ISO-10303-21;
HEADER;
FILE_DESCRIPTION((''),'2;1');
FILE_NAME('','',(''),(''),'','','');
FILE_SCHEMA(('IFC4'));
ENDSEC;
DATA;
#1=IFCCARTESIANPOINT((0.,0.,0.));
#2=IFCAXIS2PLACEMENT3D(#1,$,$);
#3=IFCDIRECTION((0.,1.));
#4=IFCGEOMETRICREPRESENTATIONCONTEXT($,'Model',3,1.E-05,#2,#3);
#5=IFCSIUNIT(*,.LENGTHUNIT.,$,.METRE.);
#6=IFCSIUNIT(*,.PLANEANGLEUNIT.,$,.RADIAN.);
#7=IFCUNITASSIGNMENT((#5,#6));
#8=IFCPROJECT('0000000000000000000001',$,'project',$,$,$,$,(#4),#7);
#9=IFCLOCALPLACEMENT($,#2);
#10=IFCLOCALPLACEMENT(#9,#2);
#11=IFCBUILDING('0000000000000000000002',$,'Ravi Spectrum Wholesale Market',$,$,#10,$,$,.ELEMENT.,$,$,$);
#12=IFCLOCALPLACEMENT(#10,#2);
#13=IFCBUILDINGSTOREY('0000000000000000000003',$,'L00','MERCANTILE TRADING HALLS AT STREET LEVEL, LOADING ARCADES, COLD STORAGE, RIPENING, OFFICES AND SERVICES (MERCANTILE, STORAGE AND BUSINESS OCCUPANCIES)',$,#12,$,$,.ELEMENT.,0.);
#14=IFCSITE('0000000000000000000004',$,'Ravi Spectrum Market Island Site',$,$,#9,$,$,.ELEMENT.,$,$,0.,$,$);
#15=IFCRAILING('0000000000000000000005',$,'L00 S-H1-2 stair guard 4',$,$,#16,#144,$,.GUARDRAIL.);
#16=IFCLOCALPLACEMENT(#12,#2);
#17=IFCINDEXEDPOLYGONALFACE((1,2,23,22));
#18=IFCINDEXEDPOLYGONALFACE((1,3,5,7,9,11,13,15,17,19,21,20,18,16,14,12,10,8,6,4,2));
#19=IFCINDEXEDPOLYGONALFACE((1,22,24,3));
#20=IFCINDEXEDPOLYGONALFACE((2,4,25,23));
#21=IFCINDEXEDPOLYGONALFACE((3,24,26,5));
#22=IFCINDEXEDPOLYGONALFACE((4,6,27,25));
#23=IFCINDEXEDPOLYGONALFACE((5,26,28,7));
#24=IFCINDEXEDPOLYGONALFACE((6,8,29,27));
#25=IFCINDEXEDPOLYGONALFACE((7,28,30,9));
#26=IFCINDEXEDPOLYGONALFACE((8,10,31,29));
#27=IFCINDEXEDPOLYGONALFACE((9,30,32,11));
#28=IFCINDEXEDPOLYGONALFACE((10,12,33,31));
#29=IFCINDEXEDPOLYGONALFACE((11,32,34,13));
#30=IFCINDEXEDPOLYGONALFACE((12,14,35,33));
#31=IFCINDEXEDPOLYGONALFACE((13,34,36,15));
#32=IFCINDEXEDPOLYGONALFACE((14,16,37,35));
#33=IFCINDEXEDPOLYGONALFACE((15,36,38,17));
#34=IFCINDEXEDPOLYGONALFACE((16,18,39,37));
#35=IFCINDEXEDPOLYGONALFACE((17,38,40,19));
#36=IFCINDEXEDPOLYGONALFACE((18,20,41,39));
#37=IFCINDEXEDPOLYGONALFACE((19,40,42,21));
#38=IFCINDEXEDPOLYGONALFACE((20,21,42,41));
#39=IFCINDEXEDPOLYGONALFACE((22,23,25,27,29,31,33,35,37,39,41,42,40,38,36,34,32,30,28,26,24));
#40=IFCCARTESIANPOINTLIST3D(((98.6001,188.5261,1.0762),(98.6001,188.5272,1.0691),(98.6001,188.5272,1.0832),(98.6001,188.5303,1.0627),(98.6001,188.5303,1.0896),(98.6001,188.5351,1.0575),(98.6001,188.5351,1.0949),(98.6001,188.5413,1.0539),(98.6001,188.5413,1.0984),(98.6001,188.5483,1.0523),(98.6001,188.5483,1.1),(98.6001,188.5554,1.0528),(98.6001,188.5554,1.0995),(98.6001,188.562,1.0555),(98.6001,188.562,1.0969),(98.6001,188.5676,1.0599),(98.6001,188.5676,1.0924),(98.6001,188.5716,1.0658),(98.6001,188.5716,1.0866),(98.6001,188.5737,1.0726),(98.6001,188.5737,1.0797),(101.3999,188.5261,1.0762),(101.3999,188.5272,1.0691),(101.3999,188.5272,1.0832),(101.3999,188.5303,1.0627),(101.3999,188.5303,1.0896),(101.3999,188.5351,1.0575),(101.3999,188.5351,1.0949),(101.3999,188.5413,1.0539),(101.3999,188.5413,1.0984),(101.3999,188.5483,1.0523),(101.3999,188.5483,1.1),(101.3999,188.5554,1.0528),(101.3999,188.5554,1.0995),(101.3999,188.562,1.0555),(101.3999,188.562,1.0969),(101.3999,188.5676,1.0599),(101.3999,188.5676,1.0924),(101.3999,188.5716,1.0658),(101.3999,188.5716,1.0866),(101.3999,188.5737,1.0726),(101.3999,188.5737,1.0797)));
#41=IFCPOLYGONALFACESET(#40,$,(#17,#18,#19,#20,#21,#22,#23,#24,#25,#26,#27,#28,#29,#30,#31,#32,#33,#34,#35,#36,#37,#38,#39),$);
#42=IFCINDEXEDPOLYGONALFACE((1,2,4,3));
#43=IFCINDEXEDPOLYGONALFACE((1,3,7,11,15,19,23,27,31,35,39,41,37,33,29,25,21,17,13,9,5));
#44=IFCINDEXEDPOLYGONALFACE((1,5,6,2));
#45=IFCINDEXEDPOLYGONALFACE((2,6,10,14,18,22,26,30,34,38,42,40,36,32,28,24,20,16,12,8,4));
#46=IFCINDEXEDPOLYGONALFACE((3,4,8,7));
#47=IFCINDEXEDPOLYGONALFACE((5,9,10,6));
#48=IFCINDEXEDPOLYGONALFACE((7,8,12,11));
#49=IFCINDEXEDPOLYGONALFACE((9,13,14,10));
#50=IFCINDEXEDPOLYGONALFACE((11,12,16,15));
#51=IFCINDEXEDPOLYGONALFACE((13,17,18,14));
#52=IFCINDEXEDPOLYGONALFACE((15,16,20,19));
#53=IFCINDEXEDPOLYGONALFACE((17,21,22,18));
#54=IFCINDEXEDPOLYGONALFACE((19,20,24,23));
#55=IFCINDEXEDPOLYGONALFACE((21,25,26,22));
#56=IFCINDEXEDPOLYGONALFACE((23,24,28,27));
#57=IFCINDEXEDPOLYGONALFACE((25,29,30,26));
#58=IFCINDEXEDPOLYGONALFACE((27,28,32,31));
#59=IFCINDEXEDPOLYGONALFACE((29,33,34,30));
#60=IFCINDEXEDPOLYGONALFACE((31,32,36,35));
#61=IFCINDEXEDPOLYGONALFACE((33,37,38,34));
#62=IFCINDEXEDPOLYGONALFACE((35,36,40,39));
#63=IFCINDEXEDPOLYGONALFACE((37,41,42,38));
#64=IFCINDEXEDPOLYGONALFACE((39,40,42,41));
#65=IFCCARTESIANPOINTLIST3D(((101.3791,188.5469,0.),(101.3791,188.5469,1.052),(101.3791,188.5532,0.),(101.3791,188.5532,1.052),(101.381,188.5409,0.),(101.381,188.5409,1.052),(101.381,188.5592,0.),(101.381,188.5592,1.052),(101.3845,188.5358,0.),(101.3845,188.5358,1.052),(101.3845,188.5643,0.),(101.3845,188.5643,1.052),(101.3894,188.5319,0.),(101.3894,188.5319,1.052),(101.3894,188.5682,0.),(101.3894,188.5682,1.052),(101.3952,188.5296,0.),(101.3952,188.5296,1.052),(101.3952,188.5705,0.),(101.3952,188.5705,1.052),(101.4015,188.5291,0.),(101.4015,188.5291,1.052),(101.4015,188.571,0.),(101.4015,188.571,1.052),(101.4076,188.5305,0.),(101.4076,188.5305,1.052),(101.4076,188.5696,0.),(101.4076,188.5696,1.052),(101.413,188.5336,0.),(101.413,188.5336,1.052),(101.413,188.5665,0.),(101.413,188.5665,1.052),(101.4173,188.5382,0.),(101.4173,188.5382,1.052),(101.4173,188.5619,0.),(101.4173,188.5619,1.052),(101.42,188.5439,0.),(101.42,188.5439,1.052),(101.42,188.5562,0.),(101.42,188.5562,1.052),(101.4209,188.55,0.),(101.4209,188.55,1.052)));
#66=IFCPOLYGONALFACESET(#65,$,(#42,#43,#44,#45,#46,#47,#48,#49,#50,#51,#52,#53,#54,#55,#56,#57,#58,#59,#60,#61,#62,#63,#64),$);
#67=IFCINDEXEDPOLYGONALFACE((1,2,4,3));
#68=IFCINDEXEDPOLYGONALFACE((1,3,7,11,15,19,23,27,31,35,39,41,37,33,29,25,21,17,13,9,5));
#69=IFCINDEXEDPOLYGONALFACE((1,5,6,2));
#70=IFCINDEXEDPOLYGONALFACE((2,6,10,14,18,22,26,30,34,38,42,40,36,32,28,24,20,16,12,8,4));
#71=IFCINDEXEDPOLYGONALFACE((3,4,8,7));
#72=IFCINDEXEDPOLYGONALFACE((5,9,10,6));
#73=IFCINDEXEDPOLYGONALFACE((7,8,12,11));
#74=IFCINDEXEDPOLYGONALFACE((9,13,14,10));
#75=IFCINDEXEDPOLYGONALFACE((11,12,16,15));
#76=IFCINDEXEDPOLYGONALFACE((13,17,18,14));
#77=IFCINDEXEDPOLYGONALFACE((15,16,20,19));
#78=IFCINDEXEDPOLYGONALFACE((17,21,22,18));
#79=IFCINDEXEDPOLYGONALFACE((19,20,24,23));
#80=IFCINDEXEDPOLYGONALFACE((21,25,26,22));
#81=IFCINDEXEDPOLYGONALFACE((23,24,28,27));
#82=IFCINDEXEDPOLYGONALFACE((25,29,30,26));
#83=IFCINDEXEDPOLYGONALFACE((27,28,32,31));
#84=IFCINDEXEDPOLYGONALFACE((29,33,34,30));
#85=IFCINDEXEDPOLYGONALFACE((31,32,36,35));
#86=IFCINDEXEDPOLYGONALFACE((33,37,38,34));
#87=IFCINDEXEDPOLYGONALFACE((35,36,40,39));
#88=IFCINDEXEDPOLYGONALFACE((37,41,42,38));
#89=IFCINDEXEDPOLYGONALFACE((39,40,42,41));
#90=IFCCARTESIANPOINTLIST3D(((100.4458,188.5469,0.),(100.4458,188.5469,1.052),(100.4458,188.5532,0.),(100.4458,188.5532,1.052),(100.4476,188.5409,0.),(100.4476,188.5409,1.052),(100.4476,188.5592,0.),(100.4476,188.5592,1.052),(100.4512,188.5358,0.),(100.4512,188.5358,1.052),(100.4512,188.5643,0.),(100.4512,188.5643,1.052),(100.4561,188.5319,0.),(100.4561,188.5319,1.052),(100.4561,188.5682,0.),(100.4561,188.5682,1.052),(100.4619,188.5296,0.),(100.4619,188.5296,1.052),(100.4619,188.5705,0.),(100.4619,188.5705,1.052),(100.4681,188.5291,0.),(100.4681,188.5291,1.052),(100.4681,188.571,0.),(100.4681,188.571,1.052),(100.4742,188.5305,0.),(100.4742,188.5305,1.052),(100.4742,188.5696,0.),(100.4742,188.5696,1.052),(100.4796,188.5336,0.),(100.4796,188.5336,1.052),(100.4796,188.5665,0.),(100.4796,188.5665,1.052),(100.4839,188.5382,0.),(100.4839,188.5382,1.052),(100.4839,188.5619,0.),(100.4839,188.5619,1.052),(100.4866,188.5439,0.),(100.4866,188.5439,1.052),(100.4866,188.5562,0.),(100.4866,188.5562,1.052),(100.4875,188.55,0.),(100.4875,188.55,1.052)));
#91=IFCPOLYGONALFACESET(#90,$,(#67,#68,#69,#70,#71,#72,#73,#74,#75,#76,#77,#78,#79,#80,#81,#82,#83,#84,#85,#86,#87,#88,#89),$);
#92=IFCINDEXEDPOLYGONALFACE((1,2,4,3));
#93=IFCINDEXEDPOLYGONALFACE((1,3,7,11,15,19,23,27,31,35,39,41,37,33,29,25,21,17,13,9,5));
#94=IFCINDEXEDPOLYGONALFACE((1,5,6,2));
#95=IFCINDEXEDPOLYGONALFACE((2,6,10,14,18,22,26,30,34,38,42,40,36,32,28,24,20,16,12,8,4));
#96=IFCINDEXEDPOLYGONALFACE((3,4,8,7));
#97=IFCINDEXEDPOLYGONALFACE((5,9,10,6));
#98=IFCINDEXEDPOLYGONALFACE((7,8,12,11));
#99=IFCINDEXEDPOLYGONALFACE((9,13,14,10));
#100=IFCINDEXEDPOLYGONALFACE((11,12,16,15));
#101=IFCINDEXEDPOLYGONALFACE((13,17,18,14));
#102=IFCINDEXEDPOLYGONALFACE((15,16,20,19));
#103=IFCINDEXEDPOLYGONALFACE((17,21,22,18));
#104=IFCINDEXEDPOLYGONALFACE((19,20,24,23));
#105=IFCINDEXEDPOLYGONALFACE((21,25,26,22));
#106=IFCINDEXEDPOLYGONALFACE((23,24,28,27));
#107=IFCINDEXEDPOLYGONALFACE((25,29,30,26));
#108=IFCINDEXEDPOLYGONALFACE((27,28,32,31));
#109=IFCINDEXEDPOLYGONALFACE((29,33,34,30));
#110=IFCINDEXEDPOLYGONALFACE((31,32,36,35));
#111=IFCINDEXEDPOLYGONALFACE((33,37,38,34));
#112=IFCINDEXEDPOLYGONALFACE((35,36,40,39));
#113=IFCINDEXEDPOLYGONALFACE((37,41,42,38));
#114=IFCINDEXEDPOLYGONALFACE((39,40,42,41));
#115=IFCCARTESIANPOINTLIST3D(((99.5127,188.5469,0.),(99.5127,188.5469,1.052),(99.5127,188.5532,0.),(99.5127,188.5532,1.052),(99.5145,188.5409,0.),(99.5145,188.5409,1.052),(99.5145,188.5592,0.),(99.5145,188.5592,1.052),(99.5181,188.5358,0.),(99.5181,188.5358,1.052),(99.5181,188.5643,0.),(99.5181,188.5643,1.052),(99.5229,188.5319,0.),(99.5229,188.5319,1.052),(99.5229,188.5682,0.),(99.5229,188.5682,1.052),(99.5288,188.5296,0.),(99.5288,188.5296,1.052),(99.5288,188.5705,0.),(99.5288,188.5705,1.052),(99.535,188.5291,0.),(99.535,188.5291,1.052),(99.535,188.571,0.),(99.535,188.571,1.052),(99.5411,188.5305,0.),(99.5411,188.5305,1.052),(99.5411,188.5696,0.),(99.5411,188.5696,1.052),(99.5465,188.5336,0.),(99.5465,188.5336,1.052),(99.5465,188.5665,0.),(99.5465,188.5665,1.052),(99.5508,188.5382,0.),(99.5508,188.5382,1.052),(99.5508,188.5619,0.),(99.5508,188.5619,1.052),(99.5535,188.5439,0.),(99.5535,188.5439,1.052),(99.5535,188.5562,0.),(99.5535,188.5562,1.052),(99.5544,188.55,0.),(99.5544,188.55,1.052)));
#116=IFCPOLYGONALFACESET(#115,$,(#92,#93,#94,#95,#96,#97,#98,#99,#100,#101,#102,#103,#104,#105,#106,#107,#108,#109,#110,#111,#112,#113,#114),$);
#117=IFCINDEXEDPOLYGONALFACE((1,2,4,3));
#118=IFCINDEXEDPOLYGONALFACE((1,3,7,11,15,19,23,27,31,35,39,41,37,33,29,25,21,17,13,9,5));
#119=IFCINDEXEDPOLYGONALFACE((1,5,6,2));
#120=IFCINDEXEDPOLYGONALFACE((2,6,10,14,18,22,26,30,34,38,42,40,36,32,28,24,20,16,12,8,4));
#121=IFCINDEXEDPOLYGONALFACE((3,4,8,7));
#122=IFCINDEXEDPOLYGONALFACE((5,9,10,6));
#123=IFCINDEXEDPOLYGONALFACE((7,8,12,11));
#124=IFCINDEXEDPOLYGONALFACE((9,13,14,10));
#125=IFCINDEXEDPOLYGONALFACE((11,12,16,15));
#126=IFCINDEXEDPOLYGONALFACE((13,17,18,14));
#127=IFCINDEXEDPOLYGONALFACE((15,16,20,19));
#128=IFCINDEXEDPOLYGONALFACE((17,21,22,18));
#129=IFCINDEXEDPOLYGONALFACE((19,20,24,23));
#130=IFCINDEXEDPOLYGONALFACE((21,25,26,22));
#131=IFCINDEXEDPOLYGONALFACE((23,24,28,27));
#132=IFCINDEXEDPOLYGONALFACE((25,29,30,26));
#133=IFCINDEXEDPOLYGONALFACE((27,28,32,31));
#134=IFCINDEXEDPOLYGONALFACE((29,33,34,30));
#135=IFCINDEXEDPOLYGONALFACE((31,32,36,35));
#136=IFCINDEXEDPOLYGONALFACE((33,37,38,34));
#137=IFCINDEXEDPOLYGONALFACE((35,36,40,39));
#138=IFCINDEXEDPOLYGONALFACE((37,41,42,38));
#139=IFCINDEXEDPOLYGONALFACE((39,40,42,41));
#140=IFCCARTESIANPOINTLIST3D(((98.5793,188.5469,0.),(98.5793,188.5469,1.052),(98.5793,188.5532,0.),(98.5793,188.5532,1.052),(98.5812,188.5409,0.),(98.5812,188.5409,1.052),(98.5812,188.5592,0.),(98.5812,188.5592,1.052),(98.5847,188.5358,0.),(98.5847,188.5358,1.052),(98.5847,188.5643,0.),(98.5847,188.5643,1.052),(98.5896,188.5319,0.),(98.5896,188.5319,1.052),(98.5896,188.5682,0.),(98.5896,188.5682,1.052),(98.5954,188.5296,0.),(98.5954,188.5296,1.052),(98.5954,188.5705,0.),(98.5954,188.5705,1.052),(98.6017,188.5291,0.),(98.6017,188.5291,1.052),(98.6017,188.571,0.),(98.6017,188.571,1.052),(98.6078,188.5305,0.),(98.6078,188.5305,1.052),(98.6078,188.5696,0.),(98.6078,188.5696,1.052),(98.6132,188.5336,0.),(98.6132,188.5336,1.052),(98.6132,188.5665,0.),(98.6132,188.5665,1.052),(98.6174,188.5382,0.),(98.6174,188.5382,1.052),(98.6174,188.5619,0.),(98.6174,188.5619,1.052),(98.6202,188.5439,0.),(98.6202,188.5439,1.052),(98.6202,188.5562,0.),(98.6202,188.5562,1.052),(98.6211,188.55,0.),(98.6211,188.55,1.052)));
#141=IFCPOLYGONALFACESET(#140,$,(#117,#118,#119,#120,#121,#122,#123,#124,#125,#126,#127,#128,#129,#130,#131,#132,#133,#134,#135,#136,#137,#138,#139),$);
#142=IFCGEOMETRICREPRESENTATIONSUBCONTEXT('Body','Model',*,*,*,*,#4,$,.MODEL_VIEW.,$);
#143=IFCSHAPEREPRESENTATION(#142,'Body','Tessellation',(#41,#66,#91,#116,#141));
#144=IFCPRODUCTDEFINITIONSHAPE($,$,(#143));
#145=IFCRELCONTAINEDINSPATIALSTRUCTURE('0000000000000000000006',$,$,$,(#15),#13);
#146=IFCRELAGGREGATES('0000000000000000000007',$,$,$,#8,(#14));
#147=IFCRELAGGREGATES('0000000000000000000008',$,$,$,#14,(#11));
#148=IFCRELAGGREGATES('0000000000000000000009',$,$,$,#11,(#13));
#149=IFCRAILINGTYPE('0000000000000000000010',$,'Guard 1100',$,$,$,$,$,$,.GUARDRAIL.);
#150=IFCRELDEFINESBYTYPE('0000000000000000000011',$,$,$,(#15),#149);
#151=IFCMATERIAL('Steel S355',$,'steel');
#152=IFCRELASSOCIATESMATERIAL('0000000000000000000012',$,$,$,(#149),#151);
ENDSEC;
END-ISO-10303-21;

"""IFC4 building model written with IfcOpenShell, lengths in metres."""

from ifc_helpers import new_model, si_unit, direction, frame, origin, origin_2d, place, context, subcontext, project, spatial, circle, extrude, material, type_object, element, save


model = new_model("IFC4")

# Units and contexts
model_context = context("Model", 3, precision=1e-05, world=origin(), true_north=direction((0.0, 1.0)))
body_context = subcontext(model_context, "Body", "Model", "MODEL_VIEW")
ifc_project = project(units=[si_unit("LENGTHUNIT", "METRE"), si_unit("PLANEANGLEUNIT", "RADIAN")], contexts=[model_context])

# Site, building, storey
site_placement = place(None, origin())
site = spatial("IfcSite", under=ifc_project, at=site_placement, Name="Ravi Spectrum Market Island Site", CompositionType="ELEMENT", RefElevation=0.0)
building_placement = place(site_placement, origin())
building = spatial("IfcBuilding", under=site, at=building_placement, Name="Ravi Spectrum Wholesale Market", CompositionType="ELEMENT")
storey_placement = place(building_placement, origin())
storey = spatial("IfcBuildingStorey", under=building, at=storey_placement, Name="L00", Description="MERCANTILE TRADING HALLS AT STREET LEVEL, LOADING ARCADES, COLD STORAGE, RIPENING, OFFICES AND SERVICES (MERCANTILE, STORAGE AND BUSINESS OCCUPANCIES)", CompositionType="ELEMENT", Elevation=0.0)

# Railing
ifc_material_1 = material(Name="Steel S355", Category="steel")
railing_type_1 = type_object("IfcRailingType", Name="Guard 1100", PredefinedType="GUARDRAIL", material=ifc_material_1)
railing_1_placement = place(storey_placement, frame((101.3999, 188.55, 0.0)))
element("IfcRailing", 1, at=railing_1_placement, inside=storey, type_object=railing_type_1, Name="L00 S-H1-2 stair guard 4", PredefinedType="GUARDRAIL", context=body_context, shape_type="SweptSolid", body=[
    extrude(circle(Radius=0.0239, at=origin_2d()), frame((0.0, 0.0, 1.0762), z_axis=(-1.0, 0.0, 0.0), x_axis=(0.0, -1.0, 0.0)), (0.0, 0.0, 1.0), 2.7998),
    extrude(circle(Radius=0.021, at=origin_2d()), origin(), (0.0, 0.0, 1.0), 1.052),
    extrude(circle(Radius=0.021, at=origin_2d()), frame((-0.9333, 0.0, 0.0)), (0.0, 0.0, 1.0), 1.052),
    extrude(circle(Radius=0.021, at=origin_2d()), frame((-1.8665, 0.0, 0.0)), (0.0, 0.0, 1.0), 1.052),
    extrude(circle(Radius=0.021, at=origin_2d()), frame((-2.7998, 0.0, 0.0)), (0.0, 0.0, 1.0), 1.052),
])

save(model, "model.ifc")
